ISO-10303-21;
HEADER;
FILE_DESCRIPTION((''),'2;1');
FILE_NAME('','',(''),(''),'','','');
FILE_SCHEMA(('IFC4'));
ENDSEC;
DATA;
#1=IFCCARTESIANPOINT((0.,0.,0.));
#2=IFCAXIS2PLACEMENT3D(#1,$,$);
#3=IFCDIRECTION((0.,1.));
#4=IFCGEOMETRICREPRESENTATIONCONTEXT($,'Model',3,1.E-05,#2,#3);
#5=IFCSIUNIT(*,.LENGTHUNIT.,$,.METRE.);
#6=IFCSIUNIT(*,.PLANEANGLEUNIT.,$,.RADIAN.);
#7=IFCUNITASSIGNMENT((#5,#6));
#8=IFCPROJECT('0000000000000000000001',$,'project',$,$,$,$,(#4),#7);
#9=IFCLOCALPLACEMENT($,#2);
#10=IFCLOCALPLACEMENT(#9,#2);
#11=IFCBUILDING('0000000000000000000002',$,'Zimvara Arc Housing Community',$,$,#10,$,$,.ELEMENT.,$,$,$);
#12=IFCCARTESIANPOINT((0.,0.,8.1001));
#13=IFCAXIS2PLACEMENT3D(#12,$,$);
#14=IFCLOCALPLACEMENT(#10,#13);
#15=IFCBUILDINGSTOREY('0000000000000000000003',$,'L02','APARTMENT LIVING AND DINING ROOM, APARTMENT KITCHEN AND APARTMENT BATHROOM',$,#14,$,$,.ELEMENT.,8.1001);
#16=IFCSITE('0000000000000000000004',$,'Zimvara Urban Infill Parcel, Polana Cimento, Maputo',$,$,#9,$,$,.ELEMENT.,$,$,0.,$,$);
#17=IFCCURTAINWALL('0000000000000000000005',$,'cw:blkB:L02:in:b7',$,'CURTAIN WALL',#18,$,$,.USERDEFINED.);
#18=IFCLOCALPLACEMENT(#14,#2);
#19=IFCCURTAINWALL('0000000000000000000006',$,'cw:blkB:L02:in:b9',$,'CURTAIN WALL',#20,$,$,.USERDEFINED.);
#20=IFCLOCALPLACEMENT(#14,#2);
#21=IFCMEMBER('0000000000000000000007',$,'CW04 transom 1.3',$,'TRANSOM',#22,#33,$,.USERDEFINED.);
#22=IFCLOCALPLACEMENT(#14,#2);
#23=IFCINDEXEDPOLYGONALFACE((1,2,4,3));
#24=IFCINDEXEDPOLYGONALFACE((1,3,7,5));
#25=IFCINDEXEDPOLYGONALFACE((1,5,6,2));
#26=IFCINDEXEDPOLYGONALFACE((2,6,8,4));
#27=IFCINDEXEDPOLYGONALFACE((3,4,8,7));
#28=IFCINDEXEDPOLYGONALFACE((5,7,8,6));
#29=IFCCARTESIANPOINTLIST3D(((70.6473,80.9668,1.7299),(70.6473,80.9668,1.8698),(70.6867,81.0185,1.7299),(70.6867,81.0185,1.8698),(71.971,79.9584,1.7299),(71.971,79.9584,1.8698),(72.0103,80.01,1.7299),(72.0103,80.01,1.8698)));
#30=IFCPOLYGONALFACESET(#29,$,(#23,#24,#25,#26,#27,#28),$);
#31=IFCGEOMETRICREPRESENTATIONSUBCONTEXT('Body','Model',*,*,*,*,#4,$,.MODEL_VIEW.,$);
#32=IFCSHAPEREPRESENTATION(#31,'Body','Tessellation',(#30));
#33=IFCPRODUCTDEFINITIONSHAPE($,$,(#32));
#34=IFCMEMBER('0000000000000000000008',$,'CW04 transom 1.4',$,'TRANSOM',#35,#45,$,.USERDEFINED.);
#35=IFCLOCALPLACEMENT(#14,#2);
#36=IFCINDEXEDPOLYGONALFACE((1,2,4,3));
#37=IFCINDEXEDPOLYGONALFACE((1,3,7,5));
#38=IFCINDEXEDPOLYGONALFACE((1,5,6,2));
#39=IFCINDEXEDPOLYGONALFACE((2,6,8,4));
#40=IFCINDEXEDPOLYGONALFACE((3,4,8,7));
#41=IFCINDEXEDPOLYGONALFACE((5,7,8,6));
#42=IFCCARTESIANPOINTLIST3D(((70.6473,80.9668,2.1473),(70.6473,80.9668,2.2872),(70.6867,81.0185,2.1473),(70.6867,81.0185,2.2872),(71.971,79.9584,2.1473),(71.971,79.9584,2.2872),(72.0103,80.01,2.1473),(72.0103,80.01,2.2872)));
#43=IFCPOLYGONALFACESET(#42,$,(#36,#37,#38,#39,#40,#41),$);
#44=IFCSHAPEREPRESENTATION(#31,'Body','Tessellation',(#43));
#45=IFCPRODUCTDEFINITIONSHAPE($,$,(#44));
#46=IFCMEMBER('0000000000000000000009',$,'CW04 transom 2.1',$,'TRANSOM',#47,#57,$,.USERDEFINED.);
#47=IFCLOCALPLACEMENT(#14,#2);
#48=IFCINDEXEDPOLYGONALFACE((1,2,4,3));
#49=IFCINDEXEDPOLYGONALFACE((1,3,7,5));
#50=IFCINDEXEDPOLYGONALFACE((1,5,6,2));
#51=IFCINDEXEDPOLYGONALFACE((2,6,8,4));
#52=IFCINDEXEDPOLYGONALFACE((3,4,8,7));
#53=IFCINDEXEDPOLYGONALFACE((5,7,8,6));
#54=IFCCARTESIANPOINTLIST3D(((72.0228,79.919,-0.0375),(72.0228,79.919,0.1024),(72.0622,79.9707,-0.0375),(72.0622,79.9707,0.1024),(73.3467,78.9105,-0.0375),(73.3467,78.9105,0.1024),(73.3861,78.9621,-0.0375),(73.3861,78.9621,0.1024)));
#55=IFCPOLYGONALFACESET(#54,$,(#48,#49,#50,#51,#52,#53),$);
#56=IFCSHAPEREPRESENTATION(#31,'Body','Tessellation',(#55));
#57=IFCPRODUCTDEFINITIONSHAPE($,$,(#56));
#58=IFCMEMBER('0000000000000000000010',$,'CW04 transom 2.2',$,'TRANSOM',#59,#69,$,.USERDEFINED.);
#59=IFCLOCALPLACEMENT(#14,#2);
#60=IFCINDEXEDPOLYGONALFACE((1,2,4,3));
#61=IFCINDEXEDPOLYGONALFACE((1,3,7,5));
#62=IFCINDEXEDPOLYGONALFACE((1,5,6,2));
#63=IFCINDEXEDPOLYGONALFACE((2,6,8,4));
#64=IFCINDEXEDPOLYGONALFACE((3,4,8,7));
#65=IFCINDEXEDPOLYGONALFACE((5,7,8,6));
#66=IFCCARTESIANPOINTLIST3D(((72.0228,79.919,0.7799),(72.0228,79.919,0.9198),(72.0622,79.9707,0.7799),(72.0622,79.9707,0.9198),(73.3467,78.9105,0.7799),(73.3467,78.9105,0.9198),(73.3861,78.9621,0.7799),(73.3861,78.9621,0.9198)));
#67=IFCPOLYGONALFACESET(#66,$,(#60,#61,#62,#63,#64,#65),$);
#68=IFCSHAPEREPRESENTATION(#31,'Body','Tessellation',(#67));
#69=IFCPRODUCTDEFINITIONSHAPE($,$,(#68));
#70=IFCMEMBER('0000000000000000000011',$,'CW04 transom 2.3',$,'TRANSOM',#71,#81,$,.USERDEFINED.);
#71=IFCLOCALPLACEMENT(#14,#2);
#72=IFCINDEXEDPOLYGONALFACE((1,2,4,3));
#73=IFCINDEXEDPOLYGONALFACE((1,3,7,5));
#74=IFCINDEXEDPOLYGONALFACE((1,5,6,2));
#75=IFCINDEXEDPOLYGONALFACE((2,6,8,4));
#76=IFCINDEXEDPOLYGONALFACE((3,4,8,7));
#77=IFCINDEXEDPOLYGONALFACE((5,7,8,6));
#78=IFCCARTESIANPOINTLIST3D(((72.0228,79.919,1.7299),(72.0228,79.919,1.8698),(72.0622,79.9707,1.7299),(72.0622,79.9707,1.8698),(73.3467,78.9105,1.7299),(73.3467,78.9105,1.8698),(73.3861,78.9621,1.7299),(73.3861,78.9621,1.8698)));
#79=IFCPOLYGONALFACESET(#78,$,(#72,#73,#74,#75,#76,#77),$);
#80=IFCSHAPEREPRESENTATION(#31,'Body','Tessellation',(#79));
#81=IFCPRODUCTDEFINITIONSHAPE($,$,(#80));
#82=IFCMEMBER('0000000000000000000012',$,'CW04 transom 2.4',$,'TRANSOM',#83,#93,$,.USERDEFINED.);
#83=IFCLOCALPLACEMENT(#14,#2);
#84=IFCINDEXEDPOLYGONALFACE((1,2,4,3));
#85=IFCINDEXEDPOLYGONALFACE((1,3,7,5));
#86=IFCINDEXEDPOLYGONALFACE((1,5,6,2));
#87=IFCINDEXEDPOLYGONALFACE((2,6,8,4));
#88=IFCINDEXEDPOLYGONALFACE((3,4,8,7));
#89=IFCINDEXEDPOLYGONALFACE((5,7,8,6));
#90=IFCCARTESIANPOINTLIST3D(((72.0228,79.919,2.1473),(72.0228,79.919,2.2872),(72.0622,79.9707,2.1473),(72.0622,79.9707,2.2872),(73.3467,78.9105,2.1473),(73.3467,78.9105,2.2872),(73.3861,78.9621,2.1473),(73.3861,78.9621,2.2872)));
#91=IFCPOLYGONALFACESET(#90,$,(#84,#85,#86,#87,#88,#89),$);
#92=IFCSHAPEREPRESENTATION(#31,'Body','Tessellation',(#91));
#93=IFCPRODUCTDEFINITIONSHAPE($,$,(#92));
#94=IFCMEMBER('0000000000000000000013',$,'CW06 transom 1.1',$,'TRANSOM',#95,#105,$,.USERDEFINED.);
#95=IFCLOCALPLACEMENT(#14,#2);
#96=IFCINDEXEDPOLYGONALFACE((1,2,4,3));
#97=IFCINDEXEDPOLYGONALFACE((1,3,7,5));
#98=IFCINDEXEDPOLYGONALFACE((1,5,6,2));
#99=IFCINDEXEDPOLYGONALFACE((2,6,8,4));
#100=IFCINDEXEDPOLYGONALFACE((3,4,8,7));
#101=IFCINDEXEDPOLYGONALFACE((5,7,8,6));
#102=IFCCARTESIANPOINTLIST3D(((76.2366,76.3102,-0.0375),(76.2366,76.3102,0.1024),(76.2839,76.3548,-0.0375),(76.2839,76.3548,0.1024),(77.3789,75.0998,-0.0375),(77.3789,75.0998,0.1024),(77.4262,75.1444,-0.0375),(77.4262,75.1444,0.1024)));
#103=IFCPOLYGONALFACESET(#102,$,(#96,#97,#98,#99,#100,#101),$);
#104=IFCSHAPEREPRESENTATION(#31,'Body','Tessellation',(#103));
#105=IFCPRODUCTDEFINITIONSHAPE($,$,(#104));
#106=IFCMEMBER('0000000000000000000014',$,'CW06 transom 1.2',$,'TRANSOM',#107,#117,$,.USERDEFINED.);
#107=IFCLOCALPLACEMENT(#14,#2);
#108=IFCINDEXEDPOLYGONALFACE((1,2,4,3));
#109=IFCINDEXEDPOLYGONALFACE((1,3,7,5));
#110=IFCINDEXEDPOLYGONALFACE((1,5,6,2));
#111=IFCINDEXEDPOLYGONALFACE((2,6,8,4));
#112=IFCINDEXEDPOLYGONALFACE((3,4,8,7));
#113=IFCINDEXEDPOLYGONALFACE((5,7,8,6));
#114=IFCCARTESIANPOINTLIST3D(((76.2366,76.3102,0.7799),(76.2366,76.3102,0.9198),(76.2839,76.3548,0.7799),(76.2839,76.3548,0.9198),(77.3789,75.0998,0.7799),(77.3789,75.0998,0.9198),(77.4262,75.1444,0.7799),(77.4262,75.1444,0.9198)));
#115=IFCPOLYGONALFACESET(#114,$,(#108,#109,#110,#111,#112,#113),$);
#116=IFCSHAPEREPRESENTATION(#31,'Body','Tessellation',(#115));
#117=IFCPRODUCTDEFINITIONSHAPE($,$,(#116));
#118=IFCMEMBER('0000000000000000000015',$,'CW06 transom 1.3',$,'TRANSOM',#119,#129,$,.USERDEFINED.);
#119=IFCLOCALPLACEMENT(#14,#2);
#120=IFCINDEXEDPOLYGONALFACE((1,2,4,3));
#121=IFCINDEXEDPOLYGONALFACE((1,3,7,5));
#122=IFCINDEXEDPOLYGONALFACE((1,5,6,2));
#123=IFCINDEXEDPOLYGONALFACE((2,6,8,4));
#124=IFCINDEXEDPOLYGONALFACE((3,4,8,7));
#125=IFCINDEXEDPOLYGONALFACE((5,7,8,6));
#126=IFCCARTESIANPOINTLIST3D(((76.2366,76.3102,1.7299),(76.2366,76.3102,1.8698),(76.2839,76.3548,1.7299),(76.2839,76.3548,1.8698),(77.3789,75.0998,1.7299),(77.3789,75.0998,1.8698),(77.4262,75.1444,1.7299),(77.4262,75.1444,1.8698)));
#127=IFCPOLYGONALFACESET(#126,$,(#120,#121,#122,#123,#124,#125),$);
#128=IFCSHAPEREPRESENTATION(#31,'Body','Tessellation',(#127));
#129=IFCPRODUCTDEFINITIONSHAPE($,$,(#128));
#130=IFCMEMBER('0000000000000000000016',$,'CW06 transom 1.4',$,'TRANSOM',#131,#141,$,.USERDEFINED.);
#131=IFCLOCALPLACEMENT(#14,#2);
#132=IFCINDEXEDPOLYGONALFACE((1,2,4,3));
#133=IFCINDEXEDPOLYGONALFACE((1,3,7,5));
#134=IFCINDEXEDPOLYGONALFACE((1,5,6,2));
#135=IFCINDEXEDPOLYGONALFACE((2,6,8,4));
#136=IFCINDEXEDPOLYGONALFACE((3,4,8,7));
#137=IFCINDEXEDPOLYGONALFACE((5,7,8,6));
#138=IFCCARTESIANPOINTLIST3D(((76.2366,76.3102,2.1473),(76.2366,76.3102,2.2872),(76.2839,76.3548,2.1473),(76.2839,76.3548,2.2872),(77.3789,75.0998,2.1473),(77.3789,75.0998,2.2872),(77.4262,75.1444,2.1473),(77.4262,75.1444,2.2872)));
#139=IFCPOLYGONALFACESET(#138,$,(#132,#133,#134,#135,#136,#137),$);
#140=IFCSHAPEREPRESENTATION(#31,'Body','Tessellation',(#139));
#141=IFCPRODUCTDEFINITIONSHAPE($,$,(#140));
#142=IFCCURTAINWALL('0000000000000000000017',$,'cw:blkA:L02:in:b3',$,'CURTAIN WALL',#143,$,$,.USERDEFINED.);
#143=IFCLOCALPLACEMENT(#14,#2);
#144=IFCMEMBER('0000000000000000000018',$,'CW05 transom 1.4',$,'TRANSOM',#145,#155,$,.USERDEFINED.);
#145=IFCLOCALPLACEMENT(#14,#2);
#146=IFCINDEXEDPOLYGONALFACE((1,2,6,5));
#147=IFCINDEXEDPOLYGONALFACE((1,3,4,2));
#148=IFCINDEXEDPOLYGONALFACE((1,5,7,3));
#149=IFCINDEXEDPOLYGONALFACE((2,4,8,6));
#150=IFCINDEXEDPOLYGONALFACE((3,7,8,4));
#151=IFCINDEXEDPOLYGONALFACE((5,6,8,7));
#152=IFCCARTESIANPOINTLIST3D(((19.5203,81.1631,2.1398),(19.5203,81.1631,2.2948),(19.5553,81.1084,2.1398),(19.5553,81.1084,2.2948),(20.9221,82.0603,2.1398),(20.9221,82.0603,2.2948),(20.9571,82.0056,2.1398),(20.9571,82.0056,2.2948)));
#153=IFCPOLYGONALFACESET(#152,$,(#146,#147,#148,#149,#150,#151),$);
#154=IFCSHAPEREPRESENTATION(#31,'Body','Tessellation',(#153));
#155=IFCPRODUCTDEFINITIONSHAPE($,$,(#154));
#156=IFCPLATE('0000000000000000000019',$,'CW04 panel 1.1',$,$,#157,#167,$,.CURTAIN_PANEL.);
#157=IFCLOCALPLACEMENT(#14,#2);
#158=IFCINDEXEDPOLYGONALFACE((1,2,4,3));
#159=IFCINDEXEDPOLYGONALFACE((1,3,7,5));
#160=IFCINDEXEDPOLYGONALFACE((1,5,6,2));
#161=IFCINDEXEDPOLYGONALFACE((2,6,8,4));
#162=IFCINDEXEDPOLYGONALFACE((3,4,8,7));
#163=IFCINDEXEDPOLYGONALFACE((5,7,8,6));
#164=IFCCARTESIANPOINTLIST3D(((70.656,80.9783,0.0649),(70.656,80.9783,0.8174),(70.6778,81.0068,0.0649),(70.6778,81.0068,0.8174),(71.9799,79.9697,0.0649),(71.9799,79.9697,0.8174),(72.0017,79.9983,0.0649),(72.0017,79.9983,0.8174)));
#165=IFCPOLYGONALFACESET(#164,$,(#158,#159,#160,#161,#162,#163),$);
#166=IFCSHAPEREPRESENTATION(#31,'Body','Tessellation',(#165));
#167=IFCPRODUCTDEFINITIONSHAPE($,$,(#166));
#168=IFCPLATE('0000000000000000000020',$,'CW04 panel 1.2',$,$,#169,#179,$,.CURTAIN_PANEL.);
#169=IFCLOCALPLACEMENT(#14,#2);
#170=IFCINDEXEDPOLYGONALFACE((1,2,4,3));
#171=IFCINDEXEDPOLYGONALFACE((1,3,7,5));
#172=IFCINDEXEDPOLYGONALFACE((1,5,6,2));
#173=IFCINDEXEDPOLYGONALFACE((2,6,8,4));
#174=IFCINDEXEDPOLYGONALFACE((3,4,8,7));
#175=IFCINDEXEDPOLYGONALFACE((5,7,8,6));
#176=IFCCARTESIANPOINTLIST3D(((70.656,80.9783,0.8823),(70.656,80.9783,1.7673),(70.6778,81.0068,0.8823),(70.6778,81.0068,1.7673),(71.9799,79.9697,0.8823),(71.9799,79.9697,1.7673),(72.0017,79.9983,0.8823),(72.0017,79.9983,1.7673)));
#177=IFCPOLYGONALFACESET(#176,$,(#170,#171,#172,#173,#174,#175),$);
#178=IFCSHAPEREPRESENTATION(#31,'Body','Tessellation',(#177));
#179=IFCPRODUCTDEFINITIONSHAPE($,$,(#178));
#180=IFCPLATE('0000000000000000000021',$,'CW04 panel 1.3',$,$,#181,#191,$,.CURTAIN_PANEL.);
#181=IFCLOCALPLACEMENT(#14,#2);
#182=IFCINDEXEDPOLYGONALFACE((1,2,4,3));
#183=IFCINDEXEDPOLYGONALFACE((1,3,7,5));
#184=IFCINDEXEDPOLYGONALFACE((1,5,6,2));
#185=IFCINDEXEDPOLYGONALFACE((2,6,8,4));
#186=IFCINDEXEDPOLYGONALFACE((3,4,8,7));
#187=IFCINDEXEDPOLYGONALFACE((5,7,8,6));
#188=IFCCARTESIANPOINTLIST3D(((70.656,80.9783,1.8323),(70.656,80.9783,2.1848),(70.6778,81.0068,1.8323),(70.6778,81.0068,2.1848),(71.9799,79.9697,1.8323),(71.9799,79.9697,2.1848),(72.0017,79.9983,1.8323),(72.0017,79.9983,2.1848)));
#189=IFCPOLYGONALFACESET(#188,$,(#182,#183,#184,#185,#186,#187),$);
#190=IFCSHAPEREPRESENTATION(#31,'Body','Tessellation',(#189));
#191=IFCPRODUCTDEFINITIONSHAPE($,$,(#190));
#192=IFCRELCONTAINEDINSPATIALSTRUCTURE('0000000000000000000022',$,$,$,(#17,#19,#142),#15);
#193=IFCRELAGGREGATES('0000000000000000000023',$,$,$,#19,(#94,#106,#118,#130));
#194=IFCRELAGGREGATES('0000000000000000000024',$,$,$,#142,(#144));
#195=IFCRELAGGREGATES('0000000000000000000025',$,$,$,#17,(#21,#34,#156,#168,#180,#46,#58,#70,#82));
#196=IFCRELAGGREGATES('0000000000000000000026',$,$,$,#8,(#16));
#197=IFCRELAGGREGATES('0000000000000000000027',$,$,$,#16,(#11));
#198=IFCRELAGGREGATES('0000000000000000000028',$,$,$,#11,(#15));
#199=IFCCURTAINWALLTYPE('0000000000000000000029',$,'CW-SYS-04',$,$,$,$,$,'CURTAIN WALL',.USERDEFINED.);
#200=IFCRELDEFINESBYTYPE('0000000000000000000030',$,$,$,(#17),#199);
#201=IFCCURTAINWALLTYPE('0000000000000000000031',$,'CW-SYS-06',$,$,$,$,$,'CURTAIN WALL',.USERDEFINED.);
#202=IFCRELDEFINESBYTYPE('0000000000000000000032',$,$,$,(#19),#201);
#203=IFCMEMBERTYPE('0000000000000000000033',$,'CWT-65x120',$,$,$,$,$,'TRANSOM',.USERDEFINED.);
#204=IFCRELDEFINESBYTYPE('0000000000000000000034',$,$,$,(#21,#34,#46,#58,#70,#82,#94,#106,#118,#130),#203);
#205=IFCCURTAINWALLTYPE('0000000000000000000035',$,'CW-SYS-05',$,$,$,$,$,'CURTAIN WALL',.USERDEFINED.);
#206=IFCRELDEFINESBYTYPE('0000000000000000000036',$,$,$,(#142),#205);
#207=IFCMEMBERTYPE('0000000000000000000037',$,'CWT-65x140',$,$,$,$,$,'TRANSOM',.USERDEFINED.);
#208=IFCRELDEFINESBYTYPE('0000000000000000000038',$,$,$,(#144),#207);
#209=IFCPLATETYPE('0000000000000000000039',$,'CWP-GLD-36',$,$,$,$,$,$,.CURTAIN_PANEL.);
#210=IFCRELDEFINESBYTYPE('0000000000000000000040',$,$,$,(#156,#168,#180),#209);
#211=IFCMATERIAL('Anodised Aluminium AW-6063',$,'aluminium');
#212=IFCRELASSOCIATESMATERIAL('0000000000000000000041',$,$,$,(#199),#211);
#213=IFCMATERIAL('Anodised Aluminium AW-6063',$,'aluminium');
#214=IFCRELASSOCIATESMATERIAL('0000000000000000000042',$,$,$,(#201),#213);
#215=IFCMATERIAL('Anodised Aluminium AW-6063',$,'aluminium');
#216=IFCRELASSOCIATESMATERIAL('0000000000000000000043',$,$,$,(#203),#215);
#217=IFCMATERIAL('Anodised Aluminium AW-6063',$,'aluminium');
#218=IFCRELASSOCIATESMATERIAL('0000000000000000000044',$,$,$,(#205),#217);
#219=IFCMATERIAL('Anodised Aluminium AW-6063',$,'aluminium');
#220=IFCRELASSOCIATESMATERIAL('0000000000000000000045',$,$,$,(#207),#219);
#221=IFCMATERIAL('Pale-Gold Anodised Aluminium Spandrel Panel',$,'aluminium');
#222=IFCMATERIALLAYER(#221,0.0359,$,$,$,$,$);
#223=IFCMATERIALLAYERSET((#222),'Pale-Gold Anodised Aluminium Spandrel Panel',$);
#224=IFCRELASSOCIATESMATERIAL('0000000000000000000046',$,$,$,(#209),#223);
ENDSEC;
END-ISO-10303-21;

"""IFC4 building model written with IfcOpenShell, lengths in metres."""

from ifc_helpers import new_model, si_unit, direction, frame, origin, origin_2d, place, context, subcontext, project, spatial, rectangle, extrude, material, layer, layer_set, material_profile, profile_set, type_object, element, aggregate, save


model = new_model("IFC4")

# Units and contexts
model_context = context("Model", 3, precision=1e-05, world=origin(), true_north=direction((0.0, 1.0)))
body_context = subcontext(model_context, "Body", "Model", "MODEL_VIEW")
ifc_project = project(units=[si_unit("LENGTHUNIT", "METRE"), si_unit("PLANEANGLEUNIT", "RADIAN")], contexts=[model_context])

# Site, building, storey
site_placement = place(None, origin())
site = spatial("IfcSite", under=ifc_project, at=site_placement, Name="Zimvara Urban Infill Parcel, Polana Cimento, Maputo", CompositionType="ELEMENT", RefElevation=0.0)
building_placement = place(site_placement, origin())
building = spatial("IfcBuilding", under=site, at=building_placement, Name="Zimvara Arc Housing Community", CompositionType="ELEMENT")
storey_placement = place(building_placement, frame((0.0, 0.0, 8.1001)))
storey = spatial("IfcBuildingStorey", under=building, at=storey_placement, Name="L02", Description="APARTMENT LIVING AND DINING ROOM, APARTMENT KITCHEN AND APARTMENT BATHROOM", CompositionType="ELEMENT", Elevation=8.1001)

# Curtain wall
ifc_material_1 = material(Name="Anodised Aluminium AW-6063", Category="aluminium")
curtain_wall_type_1 = type_object("IfcCurtainWallType", Name="CW-SYS-04", ElementType="CURTAIN WALL", PredefinedType="USERDEFINED", material=ifc_material_1)
curtain_wall_1_placement = place(storey_placement, origin())
curtain_wall_1 = element("IfcCurtainWall", 1, at=curtain_wall_1_placement, inside=storey, type_object=curtain_wall_type_1, Name="cw:blkB:L02:in:b7", ObjectType="CURTAIN WALL", PredefinedType="USERDEFINED")

# Curtain wall
ifc_material_2 = material(Name="Anodised Aluminium AW-6063", Category="aluminium")
curtain_wall_type_2 = type_object("IfcCurtainWallType", Name="CW-SYS-06", ElementType="CURTAIN WALL", PredefinedType="USERDEFINED", material=ifc_material_2)
curtain_wall_2_placement = place(storey_placement, origin())
curtain_wall_2 = element("IfcCurtainWall", 2, at=curtain_wall_2_placement, inside=storey, type_object=curtain_wall_type_2, Name="cw:blkB:L02:in:b9", ObjectType="CURTAIN WALL", PredefinedType="USERDEFINED")

# Members
ifc_material_3 = material(Name="Anodised Aluminium AW-6063", Category="aluminium")
ifc_material_profile_1 = material_profile(ifc_material_3, rectangle(XDim=0.0649, YDim=0.1399, at=origin_2d()), Name="ALU 65x140")
ifc_profile_set_1 = profile_set([ifc_material_profile_1], Name="Anodised Aluminium AW-6063")
member_type_1 = type_object("IfcMemberType", Name="CWT-65x120", ElementType="TRANSOM", PredefinedType="USERDEFINED", material=ifc_profile_set_1)
member_1_placement = place(storey_placement, frame((70.667, 80.9927, 1.7998), z_axis=(0.795435, -0.606039, 0.0), x_axis=(0.606039, 0.795435, 0.0)))
member_1 = element("IfcMember", 3, at=member_1_placement, type_object=member_type_1, Name="CW04 transom 1.3", ObjectType="TRANSOM", PredefinedType="USERDEFINED", context=body_context, shape_type="SweptSolid", body=[
    extrude(rectangle(XDim=0.0649, YDim=0.1399, at=origin_2d()), origin(), (0.0, 0.0, 1.0), 1.6641),
])
member_2_placement = place(storey_placement, frame((70.667, 80.9927, 2.2173), z_axis=(0.795435, -0.606039, 0.0), x_axis=(0.606039, 0.795435, 0.0)))
member_2 = element("IfcMember", 4, at=member_2_placement, type_object=member_type_1, Name="CW04 transom 1.4", ObjectType="TRANSOM", PredefinedType="USERDEFINED", context=body_context, shape_type="SweptSolid", body=[
    extrude(rectangle(XDim=0.0649, YDim=0.1399, at=origin_2d()), origin(), (0.0, 0.0, 1.0), 1.6641),
])
member_3_placement = place(storey_placement, frame((72.0425, 79.9448, 0.0325), z_axis=(0.795489, -0.605968, 0.0), x_axis=(0.605968, 0.795489, 0.0)))
member_3 = element("IfcMember", 5, at=member_3_placement, type_object=member_type_1, Name="CW04 transom 2.1", ObjectType="TRANSOM", PredefinedType="USERDEFINED", context=body_context, shape_type="SweptSolid", body=[
    extrude(rectangle(XDim=0.0649, YDim=0.1399, at=origin_2d()), origin(), (0.0, 0.0, 1.0), 1.6643),
])
member_4_placement = place(storey_placement, frame((72.0425, 79.9448, 0.8499), z_axis=(0.795489, -0.605968, 0.0), x_axis=(0.605968, 0.795489, 0.0)))
member_4 = element("IfcMember", 6, at=member_4_placement, type_object=member_type_1, Name="CW04 transom 2.2", ObjectType="TRANSOM", PredefinedType="USERDEFINED", context=body_context, shape_type="SweptSolid", body=[
    extrude(rectangle(XDim=0.0649, YDim=0.1399, at=origin_2d()), origin(), (0.0, 0.0, 1.0), 1.6643),
])
member_5_placement = place(storey_placement, frame((72.0425, 79.9448, 1.7998), z_axis=(0.795489, -0.605968, 0.0), x_axis=(0.605968, 0.795489, 0.0)))
member_5 = element("IfcMember", 7, at=member_5_placement, type_object=member_type_1, Name="CW04 transom 2.3", ObjectType="TRANSOM", PredefinedType="USERDEFINED", context=body_context, shape_type="SweptSolid", body=[
    extrude(rectangle(XDim=0.0649, YDim=0.1399, at=origin_2d()), origin(), (0.0, 0.0, 1.0), 1.6643),
])
member_6_placement = place(storey_placement, frame((72.0425, 79.9448, 2.2173), z_axis=(0.795489, -0.605968, 0.0), x_axis=(0.605968, 0.795489, 0.0)))
member_6 = element("IfcMember", 8, at=member_6_placement, type_object=member_type_1, Name="CW04 transom 2.4", ObjectType="TRANSOM", PredefinedType="USERDEFINED", context=body_context, shape_type="SweptSolid", body=[
    extrude(rectangle(XDim=0.0649, YDim=0.1399, at=origin_2d()), origin(), (0.0, 0.0, 1.0), 1.6643),
])
member_7_placement = place(storey_placement, frame((76.2603, 76.3325, 0.0325), z_axis=(0.686348, -0.727273, 0.0), x_axis=(0.727273, 0.686348, 0.0)))
member_7 = element("IfcMember", 9, at=member_7_placement, type_object=member_type_1, Name="CW06 transom 1.1", ObjectType="TRANSOM", PredefinedType="USERDEFINED", context=body_context, shape_type="SweptSolid", body=[
    extrude(rectangle(XDim=0.0649, YDim=0.1399, at=origin_2d()), origin(), (0.0, 0.0, 1.0), 1.6643),
])
member_8_placement = place(storey_placement, frame((76.2603, 76.3325, 0.8499), z_axis=(0.686348, -0.727273, 0.0), x_axis=(0.727273, 0.686348, 0.0)))
member_8 = element("IfcMember", 10, at=member_8_placement, type_object=member_type_1, Name="CW06 transom 1.2", ObjectType="TRANSOM", PredefinedType="USERDEFINED", context=body_context, shape_type="SweptSolid", body=[
    extrude(rectangle(XDim=0.0649, YDim=0.1399, at=origin_2d()), origin(), (0.0, 0.0, 1.0), 1.6643),
])
member_9_placement = place(storey_placement, frame((76.2603, 76.3325, 1.7998), z_axis=(0.686348, -0.727273, 0.0), x_axis=(0.727273, 0.686348, 0.0)))
member_9 = element("IfcMember", 11, at=member_9_placement, type_object=member_type_1, Name="CW06 transom 1.3", ObjectType="TRANSOM", PredefinedType="USERDEFINED", context=body_context, shape_type="SweptSolid", body=[
    extrude(rectangle(XDim=0.0649, YDim=0.1399, at=origin_2d()), origin(), (0.0, 0.0, 1.0), 1.6643),
])
member_10_placement = place(storey_placement, frame((76.2603, 76.3325, 2.2173), z_axis=(0.686348, -0.727273, 0.0), x_axis=(0.727273, 0.686348, 0.0)))
member_10 = element("IfcMember", 12, at=member_10_placement, type_object=member_type_1, Name="CW06 transom 1.4", ObjectType="TRANSOM", PredefinedType="USERDEFINED", context=body_context, shape_type="SweptSolid", body=[
    extrude(rectangle(XDim=0.0649, YDim=0.1399, at=origin_2d()), origin(), (0.0, 0.0, 1.0), 1.6643),
])
aggregate(curtain_wall_2, [member_7, member_8, member_9, member_10])

# Curtain wall, member
ifc_material_4 = material(Name="Anodised Aluminium AW-6063", Category="aluminium")
curtain_wall_type_3 = type_object("IfcCurtainWallType", Name="CW-SYS-05", ElementType="CURTAIN WALL", PredefinedType="USERDEFINED", material=ifc_material_4)
curtain_wall_3_placement = place(storey_placement, origin())
curtain_wall_3 = element("IfcCurtainWall", 13, at=curtain_wall_3_placement, inside=storey, type_object=curtain_wall_type_3, Name="cw:blkA:L02:in:b3", ObjectType="CURTAIN WALL", PredefinedType="USERDEFINED")
ifc_material_5 = material(Name="Anodised Aluminium AW-6063", Category="aluminium")
ifc_material_profile_2 = material_profile(ifc_material_5, rectangle(XDim=0.0649, YDim=0.155, at=origin_2d()), Name="ALU 65x155")
ifc_profile_set_2 = profile_set([ifc_material_profile_2], Name="Anodised Aluminium AW-6063")
member_type_2 = type_object("IfcMemberType", Name="CWT-65x140", ElementType="TRANSOM", PredefinedType="USERDEFINED", material=ifc_profile_set_2)
member_11_placement = place(storey_placement, frame((19.5378, 81.1357, 2.2173), z_axis=(0.842263, 0.539066, 0.0), x_axis=(-0.539066, 0.842263, 0.0)))
member_11 = element("IfcMember", 14, at=member_11_placement, type_object=member_type_2, Name="CW05 transom 1.4", ObjectType="TRANSOM", PredefinedType="USERDEFINED", context=body_context, shape_type="SweptSolid", body=[
    extrude(rectangle(XDim=0.0649, YDim=0.155, at=origin_2d()), origin(), (0.0, 0.0, 1.0), 1.6643),
])
aggregate(curtain_wall_3, [member_11])

# Plates
ifc_material_6 = material(Name="Pale-Gold Anodised Aluminium Spandrel Panel", Category="aluminium")
ifc_layer_1 = layer(ifc_material_6, 0.0359)
ifc_layer_set_1 = layer_set([ifc_layer_1], Name="Pale-Gold Anodised Aluminium Spandrel Panel")
plate_type = type_object("IfcPlateType", Name="CWP-GLD-36", PredefinedType="CURTAIN_PANEL", material=ifc_layer_set_1)
plate_1_placement = place(storey_placement, frame((71.3289, 80.4883, 0.0649), z_axis=(0.0, 0.0, 1.0), x_axis=(0.795474, -0.605988, 0.0)))
plate_1 = element("IfcPlate", 15, at=plate_1_placement, type_object=plate_type, Name="CW04 panel 1.1", PredefinedType="CURTAIN_PANEL", context=body_context, shape_type="SweptSolid", body=[
    extrude(rectangle(XDim=1.6643, YDim=0.0359, at=origin_2d()), origin(), (0.0, 0.0, 1.0), 0.7524),
])
plate_2_placement = place(storey_placement, frame((71.3289, 80.4883, 0.8823), z_axis=(0.0, 0.0, 1.0), x_axis=(0.795474, -0.605988, 0.0)))
plate_2 = element("IfcPlate", 16, at=plate_2_placement, type_object=plate_type, Name="CW04 panel 1.2", PredefinedType="CURTAIN_PANEL", context=body_context, shape_type="SweptSolid", body=[
    extrude(rectangle(XDim=1.6643, YDim=0.0359, at=origin_2d()), origin(), (0.0, 0.0, 1.0), 0.885),
])
plate_3_placement = place(storey_placement, frame((71.3289, 80.4883, 1.8323), z_axis=(0.0, 0.0, 1.0), x_axis=(0.795474, -0.605988, 0.0)))
plate_3 = element("IfcPlate", 17, at=plate_3_placement, type_object=plate_type, Name="CW04 panel 1.3", PredefinedType="CURTAIN_PANEL", context=body_context, shape_type="SweptSolid", body=[
    extrude(rectangle(XDim=1.6643, YDim=0.0359, at=origin_2d()), origin(), (0.0, 0.0, 1.0), 0.3525),
])
aggregate(curtain_wall_1, [member_1, member_2, plate_1, plate_2, plate_3, member_3, member_4, member_5, member_6])

save(model, "model.ifc")
